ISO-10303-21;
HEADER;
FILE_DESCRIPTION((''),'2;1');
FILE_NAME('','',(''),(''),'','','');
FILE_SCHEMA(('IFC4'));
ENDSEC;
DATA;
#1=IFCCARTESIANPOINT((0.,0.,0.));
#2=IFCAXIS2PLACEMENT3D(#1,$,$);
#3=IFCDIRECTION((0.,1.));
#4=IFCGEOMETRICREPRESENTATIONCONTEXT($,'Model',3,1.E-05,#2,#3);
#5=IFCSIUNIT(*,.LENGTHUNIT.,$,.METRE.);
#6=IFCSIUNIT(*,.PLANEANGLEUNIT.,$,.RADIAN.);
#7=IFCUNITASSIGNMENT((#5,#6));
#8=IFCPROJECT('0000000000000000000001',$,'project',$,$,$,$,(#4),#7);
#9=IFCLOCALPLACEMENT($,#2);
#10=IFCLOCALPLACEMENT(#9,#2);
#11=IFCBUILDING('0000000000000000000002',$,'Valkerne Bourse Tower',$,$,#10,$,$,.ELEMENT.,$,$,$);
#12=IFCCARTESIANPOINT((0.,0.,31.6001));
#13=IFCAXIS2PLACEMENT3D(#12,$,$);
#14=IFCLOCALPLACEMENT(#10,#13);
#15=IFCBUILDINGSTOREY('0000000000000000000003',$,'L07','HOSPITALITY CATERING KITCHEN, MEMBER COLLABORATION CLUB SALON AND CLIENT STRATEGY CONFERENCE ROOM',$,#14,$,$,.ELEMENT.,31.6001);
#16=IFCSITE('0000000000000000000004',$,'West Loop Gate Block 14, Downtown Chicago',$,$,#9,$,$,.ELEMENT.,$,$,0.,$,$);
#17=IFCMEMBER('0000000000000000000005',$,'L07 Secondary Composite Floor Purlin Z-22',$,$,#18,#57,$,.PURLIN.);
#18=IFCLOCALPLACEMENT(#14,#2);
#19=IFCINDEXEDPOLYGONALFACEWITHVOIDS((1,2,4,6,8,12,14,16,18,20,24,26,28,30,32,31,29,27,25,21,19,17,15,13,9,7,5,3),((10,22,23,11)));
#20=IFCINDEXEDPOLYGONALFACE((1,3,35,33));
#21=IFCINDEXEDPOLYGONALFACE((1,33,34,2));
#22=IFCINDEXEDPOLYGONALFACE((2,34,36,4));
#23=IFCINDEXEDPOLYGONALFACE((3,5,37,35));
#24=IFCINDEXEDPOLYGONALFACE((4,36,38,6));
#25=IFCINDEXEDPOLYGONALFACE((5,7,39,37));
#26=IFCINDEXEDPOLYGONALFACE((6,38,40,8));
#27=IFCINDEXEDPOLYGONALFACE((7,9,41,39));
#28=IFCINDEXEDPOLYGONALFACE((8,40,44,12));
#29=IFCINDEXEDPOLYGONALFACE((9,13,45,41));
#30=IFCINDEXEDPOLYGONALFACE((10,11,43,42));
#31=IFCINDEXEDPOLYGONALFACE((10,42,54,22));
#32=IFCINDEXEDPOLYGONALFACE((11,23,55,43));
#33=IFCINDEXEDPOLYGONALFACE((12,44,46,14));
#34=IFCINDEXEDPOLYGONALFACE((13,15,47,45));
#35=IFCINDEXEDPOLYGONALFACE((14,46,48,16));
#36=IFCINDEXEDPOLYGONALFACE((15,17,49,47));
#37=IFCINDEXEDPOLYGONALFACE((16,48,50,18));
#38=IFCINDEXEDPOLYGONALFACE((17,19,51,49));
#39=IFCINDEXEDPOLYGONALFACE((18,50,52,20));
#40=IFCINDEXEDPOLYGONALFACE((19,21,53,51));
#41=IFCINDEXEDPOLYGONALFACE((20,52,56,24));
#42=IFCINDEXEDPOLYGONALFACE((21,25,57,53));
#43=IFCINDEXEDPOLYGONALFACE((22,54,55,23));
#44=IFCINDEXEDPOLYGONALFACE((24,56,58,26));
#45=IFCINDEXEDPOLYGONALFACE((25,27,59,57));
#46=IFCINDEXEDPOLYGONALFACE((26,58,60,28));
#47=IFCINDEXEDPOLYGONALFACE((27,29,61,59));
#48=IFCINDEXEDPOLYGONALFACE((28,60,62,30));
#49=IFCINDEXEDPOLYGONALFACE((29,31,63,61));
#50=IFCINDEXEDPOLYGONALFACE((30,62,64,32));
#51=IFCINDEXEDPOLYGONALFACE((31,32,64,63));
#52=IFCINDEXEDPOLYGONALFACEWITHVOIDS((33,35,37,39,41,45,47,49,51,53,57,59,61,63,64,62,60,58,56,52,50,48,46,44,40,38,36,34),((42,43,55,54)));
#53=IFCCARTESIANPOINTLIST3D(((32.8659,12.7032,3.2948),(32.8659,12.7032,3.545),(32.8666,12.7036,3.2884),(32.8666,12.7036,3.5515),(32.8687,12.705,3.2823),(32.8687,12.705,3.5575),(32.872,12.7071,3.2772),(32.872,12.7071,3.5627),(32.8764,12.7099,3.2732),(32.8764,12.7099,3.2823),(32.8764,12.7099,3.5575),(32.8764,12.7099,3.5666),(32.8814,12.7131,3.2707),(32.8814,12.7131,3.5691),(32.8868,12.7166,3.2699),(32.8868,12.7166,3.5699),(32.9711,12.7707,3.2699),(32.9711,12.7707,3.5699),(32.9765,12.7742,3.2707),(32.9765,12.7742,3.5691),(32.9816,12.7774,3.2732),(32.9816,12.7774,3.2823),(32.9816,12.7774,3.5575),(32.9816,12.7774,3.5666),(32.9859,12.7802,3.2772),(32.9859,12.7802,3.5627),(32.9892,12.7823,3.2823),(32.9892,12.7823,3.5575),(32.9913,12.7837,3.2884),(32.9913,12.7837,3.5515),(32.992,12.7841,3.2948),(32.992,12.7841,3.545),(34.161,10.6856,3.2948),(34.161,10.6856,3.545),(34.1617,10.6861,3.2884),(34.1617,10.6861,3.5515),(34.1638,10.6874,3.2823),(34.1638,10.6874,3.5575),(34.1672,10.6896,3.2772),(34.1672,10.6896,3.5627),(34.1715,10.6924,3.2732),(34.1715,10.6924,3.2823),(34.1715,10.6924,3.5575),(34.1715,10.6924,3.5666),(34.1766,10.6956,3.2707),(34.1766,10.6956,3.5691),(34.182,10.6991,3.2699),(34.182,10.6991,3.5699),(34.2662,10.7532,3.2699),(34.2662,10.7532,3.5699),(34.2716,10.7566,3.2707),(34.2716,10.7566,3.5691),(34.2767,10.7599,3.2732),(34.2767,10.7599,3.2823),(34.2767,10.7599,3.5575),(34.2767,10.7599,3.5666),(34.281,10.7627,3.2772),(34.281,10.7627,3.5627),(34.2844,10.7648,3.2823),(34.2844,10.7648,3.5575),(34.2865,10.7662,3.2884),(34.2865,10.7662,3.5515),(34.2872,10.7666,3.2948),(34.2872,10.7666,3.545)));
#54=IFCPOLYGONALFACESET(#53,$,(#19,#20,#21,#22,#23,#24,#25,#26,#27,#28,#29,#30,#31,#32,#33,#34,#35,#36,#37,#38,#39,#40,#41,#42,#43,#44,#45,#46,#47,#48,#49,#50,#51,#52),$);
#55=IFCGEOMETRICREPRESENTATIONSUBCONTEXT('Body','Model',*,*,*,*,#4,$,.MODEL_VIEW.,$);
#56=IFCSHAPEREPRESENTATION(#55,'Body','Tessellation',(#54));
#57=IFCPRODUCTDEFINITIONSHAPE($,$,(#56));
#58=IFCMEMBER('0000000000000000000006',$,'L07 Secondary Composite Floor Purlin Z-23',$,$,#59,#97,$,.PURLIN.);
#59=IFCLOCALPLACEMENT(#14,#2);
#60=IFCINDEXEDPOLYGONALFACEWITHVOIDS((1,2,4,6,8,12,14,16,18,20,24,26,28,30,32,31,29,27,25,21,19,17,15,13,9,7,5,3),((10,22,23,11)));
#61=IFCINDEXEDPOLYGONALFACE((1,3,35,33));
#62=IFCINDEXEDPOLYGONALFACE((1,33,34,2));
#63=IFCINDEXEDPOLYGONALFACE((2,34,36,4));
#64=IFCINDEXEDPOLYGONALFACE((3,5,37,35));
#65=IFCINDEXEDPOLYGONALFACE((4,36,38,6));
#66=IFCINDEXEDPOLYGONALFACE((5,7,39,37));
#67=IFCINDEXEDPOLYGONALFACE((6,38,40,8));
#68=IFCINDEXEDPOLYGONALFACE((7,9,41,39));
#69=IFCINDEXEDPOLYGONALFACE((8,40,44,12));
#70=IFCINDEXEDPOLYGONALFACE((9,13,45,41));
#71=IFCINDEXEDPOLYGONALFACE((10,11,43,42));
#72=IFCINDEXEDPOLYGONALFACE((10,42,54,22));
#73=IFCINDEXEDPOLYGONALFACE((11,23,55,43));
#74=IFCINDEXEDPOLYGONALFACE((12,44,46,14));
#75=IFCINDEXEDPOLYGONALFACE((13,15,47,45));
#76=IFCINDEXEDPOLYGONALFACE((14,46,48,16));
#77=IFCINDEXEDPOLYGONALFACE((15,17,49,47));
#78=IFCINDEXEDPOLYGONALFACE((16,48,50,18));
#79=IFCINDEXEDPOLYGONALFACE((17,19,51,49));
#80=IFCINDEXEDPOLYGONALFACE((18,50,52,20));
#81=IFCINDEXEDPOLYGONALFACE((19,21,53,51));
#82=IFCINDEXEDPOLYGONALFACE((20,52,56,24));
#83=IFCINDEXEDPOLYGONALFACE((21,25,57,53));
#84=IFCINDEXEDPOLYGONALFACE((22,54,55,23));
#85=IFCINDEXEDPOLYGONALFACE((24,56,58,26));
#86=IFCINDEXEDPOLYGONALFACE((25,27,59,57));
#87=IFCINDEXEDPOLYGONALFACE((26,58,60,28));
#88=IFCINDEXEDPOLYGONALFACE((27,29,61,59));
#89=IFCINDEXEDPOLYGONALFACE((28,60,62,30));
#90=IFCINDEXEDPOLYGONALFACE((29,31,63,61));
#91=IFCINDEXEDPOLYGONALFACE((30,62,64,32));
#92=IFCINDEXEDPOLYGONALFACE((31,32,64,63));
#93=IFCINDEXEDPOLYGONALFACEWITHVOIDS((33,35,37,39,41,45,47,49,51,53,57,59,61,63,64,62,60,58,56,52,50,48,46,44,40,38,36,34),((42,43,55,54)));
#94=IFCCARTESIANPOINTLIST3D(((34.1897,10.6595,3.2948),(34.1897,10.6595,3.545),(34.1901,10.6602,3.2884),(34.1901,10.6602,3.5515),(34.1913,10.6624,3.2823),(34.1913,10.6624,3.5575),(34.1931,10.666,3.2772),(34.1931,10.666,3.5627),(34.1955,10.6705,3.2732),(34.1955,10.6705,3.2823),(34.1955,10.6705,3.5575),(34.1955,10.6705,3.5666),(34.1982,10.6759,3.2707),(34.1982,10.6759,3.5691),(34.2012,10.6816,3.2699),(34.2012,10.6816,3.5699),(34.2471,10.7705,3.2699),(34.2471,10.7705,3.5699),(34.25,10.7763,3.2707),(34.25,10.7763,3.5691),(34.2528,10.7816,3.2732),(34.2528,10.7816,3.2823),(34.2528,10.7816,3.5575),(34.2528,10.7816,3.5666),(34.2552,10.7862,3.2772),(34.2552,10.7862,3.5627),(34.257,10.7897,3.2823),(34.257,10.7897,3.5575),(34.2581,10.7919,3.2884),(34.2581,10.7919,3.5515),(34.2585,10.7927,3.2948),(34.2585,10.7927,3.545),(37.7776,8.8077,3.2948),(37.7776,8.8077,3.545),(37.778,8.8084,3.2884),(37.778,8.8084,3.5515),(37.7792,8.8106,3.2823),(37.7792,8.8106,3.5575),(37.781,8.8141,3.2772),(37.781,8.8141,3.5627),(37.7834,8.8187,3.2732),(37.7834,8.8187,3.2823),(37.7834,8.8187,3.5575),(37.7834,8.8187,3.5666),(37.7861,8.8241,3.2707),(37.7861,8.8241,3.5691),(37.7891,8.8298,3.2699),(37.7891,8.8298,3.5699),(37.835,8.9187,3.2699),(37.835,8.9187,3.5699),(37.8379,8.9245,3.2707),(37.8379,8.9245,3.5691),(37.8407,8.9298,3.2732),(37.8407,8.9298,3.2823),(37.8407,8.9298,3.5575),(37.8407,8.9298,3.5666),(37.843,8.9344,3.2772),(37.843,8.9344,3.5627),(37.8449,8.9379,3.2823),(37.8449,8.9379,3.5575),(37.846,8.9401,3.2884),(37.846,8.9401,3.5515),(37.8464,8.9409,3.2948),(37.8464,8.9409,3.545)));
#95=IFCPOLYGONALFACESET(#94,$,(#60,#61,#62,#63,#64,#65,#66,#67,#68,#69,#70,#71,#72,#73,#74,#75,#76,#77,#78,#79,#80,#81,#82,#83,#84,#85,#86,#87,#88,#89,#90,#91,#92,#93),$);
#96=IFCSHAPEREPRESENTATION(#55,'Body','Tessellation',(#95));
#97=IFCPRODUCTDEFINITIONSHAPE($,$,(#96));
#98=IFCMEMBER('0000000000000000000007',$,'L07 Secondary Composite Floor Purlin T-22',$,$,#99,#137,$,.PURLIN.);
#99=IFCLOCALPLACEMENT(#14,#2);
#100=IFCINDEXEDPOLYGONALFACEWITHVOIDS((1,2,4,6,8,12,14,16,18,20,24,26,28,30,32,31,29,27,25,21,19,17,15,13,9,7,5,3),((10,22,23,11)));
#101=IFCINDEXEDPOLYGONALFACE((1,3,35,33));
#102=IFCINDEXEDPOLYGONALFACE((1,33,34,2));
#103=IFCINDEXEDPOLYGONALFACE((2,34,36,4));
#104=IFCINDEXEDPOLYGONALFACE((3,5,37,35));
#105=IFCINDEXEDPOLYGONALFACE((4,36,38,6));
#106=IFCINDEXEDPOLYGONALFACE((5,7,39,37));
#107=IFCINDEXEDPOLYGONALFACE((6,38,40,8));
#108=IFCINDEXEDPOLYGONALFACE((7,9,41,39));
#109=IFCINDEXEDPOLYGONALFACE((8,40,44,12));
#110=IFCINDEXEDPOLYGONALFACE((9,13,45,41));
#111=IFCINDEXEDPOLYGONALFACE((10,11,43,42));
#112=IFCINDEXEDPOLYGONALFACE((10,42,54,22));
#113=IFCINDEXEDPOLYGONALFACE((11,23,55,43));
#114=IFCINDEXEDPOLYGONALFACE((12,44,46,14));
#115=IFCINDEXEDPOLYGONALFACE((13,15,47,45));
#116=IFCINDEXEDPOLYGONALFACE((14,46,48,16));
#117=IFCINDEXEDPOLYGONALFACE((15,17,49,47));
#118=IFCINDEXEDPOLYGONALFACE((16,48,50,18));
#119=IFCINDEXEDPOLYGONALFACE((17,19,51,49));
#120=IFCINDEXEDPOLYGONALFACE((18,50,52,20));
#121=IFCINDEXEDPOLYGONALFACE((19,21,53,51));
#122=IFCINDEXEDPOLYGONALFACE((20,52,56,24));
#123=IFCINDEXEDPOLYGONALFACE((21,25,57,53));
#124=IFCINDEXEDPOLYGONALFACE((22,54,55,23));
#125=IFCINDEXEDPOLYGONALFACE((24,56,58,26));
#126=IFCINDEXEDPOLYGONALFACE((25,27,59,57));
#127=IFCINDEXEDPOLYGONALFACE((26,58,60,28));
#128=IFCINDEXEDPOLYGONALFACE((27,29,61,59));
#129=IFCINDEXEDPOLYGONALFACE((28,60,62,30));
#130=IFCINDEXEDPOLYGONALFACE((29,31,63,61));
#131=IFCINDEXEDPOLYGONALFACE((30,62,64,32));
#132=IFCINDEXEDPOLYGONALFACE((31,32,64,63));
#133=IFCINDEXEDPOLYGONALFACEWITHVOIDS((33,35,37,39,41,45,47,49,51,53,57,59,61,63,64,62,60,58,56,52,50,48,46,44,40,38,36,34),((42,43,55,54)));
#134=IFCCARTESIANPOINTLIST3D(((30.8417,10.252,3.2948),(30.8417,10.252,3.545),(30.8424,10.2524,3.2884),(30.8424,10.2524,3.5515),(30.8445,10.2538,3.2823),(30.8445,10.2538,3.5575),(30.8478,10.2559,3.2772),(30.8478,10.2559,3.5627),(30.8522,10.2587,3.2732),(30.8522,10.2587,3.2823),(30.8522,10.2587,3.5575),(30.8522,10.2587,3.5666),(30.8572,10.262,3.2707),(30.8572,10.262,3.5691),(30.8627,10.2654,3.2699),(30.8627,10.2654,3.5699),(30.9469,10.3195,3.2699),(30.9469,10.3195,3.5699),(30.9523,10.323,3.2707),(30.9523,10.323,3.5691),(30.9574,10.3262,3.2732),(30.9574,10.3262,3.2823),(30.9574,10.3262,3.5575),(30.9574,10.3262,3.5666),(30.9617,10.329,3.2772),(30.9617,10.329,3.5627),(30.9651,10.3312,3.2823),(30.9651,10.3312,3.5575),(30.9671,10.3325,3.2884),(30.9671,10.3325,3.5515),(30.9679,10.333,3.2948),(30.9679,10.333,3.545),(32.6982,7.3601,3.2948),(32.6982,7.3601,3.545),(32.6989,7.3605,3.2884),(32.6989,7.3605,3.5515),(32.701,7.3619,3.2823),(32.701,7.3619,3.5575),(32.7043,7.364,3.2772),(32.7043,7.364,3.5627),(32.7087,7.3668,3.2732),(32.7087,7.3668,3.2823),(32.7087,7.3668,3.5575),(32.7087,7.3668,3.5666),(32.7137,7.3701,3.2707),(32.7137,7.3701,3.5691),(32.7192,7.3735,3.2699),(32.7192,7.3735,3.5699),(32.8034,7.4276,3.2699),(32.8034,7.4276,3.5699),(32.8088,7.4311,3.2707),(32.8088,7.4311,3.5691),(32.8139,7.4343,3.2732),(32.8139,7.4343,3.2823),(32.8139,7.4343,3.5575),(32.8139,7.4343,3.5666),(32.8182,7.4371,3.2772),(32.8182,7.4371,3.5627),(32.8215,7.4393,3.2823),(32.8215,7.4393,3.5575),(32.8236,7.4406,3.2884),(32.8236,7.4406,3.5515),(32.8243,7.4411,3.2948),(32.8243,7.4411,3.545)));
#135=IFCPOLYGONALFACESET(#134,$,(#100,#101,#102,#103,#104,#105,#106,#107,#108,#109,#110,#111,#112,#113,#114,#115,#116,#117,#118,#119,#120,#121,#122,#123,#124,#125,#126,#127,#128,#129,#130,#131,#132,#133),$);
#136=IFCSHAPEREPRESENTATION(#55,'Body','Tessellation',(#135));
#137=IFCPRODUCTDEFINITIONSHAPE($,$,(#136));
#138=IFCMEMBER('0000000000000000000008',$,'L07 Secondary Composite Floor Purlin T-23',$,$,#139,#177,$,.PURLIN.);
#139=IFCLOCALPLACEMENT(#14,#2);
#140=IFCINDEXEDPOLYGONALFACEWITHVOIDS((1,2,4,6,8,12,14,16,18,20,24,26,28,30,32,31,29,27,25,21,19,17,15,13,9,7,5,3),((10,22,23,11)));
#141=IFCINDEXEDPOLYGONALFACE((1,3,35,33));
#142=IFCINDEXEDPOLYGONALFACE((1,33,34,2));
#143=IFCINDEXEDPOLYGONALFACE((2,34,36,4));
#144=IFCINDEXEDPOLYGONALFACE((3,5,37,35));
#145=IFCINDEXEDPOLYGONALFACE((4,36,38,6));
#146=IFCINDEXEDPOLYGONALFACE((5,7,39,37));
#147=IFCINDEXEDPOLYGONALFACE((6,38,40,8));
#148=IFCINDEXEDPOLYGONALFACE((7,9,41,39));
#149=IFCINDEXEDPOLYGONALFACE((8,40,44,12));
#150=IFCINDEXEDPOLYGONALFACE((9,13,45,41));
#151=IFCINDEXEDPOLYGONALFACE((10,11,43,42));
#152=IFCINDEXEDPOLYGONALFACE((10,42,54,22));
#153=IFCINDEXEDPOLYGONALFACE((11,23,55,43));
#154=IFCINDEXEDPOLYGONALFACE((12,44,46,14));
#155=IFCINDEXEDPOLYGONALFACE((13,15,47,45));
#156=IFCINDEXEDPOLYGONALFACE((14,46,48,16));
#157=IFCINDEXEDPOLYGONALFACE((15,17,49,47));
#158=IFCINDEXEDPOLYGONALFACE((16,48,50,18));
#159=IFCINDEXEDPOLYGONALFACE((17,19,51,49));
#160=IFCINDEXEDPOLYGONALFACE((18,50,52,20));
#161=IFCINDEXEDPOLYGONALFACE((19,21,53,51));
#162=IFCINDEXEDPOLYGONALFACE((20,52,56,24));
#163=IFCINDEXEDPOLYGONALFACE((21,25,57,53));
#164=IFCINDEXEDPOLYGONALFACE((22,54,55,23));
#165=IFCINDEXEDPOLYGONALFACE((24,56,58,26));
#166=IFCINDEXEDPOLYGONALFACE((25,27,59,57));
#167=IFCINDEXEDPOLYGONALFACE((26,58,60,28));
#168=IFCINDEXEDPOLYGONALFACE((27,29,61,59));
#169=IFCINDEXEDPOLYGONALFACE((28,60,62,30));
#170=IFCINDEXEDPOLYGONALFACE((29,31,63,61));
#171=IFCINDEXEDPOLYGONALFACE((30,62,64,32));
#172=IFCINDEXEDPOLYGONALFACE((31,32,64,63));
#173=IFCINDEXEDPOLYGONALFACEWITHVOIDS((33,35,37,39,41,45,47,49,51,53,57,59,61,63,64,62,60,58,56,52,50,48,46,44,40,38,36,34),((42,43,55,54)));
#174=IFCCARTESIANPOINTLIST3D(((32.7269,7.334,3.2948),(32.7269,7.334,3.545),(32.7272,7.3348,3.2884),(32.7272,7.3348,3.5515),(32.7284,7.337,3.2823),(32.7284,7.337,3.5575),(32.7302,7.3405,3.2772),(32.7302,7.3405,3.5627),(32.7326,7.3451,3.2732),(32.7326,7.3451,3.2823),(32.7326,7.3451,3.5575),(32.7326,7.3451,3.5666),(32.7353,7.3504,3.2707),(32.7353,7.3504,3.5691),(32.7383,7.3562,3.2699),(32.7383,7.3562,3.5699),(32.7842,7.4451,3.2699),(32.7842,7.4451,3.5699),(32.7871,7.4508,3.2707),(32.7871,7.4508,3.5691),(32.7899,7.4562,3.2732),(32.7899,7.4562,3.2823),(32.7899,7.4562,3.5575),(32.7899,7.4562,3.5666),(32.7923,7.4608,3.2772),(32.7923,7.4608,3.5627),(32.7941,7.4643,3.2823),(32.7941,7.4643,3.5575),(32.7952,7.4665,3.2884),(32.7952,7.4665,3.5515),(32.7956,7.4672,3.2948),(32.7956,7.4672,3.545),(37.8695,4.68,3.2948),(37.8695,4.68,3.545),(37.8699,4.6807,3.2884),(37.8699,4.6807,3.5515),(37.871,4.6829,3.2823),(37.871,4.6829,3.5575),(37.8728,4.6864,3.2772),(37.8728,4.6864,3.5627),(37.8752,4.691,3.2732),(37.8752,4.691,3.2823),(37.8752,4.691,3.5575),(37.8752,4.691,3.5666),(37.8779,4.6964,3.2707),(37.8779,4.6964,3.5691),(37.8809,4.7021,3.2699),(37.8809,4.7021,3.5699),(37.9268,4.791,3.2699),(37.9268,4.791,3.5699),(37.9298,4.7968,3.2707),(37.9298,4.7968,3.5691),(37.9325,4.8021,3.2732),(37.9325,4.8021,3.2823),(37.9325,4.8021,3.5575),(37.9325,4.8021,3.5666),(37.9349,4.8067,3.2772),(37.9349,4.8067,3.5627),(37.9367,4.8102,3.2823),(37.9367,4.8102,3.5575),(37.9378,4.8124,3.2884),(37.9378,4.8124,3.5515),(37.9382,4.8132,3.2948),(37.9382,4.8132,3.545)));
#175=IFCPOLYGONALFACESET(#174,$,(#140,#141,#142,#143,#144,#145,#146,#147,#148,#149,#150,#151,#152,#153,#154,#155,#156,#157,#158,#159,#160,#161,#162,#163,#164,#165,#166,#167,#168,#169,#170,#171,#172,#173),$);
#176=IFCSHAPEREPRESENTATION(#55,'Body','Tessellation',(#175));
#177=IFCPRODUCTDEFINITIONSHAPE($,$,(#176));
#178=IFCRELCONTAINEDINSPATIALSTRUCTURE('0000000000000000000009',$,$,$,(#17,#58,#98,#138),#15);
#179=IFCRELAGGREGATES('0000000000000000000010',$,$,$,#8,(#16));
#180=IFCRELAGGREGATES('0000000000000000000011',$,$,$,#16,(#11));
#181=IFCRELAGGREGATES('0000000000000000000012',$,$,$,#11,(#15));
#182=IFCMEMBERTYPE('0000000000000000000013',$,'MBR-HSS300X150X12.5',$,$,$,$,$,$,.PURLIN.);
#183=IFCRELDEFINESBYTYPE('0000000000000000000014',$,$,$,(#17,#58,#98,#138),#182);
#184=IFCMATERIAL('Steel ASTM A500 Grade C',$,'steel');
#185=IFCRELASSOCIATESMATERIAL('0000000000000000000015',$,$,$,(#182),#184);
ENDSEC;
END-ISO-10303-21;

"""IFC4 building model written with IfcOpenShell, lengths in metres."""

from ifc_helpers import new_model, si_unit, direction, frame, origin, origin_2d, place, context, subcontext, project, spatial, hollow_rectangle, extrude, material, material_profile, profile_set, type_object, element, save


model = new_model("IFC4")

# Units and contexts
model_context = context("Model", 3, precision=1e-05, world=origin(), true_north=direction((0.0, 1.0)))
body_context = subcontext(model_context, "Body", "Model", "MODEL_VIEW")
ifc_project = project(units=[si_unit("LENGTHUNIT", "METRE"), si_unit("PLANEANGLEUNIT", "RADIAN")], contexts=[model_context])

# Site, building, storey
site_placement = place(None, origin())
site = spatial("IfcSite", under=ifc_project, at=site_placement, Name="West Loop Gate Block 14, Downtown Chicago", CompositionType="ELEMENT", RefElevation=0.0)
building_placement = place(site_placement, origin())
building = spatial("IfcBuilding", under=site, at=building_placement, Name="Valkerne Bourse Tower", CompositionType="ELEMENT")
storey_placement = place(building_placement, frame((0.0, 0.0, 31.6001)))
storey = spatial("IfcBuildingStorey", under=building, at=storey_placement, Name="L07", Description="HOSPITALITY CATERING KITCHEN, MEMBER COLLABORATION CLUB SALON AND CLIENT STRATEGY CONFERENCE ROOM", CompositionType="ELEMENT", Elevation=31.6001)

# Members
ifc_material_1 = material(Name="Steel ASTM A500 Grade C", Category="steel")
ifc_material_profile_1 = material_profile(ifc_material_1, hollow_rectangle(XDim=0.1499, YDim=0.3, WallThickness=0.0125, OuterFilletRadius=0.0249, at=origin_2d()), Name="HSS300X150X12.5")
ifc_profile_set_1 = profile_set([ifc_material_profile_1], Name="Steel ASTM A500 Grade C")
member_type_1 = type_object("IfcMemberType", Name="MBR-HSS300X150X12.5", PredefinedType="PURLIN", material=ifc_profile_set_1)
member_1_placement = place(storey_placement, frame((32.929, 12.7437, 3.4199), z_axis=(0.540212, -0.841529, 0.0), x_axis=(0.841529, 0.540212, 0.0)))
element("IfcMember", 1, at=member_1_placement, inside=storey, type_object=member_type_1, Name="L07 Secondary Composite Floor Purlin Z-22", PredefinedType="PURLIN", context=body_context, shape_type="SweptSolid", body=[
    extrude(hollow_rectangle(XDim=0.1499, YDim=0.3, WallThickness=0.0125, OuterFilletRadius=0.0249, at=origin_2d()), origin(), (0.0, 0.0, 1.0), 2.3975),
])
member_2_placement = place(storey_placement, frame((34.2241, 10.7261, 3.4199), z_axis=(0.888621, -0.458641, 0.0), x_axis=(0.458641, 0.888621, 0.0)))
element("IfcMember", 2, at=member_2_placement, inside=storey, type_object=member_type_1, Name="L07 Secondary Composite Floor Purlin Z-23", PredefinedType="PURLIN", context=body_context, shape_type="SweptSolid", body=[
    extrude(hollow_rectangle(XDim=0.1499, YDim=0.3, WallThickness=0.0125, OuterFilletRadius=0.0249, at=origin_2d()), origin(), (0.0, 0.0, 1.0), 4.0376),
])
member_3_placement = place(storey_placement, frame((30.9048, 10.2925, 3.4199), z_axis=(0.540222, -0.841522, 0.0), x_axis=(0.841522, 0.540222, 0.0)))
element("IfcMember", 3, at=member_3_placement, inside=storey, type_object=member_type_1, Name="L07 Secondary Composite Floor Purlin T-22", PredefinedType="PURLIN", context=body_context, shape_type="SweptSolid", body=[
    extrude(hollow_rectangle(XDim=0.1499, YDim=0.3, WallThickness=0.0125, OuterFilletRadius=0.0249, at=origin_2d()), origin(), (0.0, 0.0, 1.0), 3.4365),
])
member_4_placement = place(storey_placement, frame((32.7612, 7.4006, 3.4199), z_axis=(0.888633, -0.458618, 0.0), x_axis=(0.458618, 0.888633, 0.0)))
element("IfcMember", 4, at=member_4_placement, inside=storey, type_object=member_type_1, Name="L07 Secondary Composite Floor Purlin T-23", PredefinedType="PURLIN", context=body_context, shape_type="SweptSolid", body=[
    extrude(hollow_rectangle(XDim=0.1499, YDim=0.3, WallThickness=0.0125, OuterFilletRadius=0.0249, at=origin_2d()), origin(), (0.0, 0.0, 1.0), 5.7871),
])

save(model, "model.ifc")
